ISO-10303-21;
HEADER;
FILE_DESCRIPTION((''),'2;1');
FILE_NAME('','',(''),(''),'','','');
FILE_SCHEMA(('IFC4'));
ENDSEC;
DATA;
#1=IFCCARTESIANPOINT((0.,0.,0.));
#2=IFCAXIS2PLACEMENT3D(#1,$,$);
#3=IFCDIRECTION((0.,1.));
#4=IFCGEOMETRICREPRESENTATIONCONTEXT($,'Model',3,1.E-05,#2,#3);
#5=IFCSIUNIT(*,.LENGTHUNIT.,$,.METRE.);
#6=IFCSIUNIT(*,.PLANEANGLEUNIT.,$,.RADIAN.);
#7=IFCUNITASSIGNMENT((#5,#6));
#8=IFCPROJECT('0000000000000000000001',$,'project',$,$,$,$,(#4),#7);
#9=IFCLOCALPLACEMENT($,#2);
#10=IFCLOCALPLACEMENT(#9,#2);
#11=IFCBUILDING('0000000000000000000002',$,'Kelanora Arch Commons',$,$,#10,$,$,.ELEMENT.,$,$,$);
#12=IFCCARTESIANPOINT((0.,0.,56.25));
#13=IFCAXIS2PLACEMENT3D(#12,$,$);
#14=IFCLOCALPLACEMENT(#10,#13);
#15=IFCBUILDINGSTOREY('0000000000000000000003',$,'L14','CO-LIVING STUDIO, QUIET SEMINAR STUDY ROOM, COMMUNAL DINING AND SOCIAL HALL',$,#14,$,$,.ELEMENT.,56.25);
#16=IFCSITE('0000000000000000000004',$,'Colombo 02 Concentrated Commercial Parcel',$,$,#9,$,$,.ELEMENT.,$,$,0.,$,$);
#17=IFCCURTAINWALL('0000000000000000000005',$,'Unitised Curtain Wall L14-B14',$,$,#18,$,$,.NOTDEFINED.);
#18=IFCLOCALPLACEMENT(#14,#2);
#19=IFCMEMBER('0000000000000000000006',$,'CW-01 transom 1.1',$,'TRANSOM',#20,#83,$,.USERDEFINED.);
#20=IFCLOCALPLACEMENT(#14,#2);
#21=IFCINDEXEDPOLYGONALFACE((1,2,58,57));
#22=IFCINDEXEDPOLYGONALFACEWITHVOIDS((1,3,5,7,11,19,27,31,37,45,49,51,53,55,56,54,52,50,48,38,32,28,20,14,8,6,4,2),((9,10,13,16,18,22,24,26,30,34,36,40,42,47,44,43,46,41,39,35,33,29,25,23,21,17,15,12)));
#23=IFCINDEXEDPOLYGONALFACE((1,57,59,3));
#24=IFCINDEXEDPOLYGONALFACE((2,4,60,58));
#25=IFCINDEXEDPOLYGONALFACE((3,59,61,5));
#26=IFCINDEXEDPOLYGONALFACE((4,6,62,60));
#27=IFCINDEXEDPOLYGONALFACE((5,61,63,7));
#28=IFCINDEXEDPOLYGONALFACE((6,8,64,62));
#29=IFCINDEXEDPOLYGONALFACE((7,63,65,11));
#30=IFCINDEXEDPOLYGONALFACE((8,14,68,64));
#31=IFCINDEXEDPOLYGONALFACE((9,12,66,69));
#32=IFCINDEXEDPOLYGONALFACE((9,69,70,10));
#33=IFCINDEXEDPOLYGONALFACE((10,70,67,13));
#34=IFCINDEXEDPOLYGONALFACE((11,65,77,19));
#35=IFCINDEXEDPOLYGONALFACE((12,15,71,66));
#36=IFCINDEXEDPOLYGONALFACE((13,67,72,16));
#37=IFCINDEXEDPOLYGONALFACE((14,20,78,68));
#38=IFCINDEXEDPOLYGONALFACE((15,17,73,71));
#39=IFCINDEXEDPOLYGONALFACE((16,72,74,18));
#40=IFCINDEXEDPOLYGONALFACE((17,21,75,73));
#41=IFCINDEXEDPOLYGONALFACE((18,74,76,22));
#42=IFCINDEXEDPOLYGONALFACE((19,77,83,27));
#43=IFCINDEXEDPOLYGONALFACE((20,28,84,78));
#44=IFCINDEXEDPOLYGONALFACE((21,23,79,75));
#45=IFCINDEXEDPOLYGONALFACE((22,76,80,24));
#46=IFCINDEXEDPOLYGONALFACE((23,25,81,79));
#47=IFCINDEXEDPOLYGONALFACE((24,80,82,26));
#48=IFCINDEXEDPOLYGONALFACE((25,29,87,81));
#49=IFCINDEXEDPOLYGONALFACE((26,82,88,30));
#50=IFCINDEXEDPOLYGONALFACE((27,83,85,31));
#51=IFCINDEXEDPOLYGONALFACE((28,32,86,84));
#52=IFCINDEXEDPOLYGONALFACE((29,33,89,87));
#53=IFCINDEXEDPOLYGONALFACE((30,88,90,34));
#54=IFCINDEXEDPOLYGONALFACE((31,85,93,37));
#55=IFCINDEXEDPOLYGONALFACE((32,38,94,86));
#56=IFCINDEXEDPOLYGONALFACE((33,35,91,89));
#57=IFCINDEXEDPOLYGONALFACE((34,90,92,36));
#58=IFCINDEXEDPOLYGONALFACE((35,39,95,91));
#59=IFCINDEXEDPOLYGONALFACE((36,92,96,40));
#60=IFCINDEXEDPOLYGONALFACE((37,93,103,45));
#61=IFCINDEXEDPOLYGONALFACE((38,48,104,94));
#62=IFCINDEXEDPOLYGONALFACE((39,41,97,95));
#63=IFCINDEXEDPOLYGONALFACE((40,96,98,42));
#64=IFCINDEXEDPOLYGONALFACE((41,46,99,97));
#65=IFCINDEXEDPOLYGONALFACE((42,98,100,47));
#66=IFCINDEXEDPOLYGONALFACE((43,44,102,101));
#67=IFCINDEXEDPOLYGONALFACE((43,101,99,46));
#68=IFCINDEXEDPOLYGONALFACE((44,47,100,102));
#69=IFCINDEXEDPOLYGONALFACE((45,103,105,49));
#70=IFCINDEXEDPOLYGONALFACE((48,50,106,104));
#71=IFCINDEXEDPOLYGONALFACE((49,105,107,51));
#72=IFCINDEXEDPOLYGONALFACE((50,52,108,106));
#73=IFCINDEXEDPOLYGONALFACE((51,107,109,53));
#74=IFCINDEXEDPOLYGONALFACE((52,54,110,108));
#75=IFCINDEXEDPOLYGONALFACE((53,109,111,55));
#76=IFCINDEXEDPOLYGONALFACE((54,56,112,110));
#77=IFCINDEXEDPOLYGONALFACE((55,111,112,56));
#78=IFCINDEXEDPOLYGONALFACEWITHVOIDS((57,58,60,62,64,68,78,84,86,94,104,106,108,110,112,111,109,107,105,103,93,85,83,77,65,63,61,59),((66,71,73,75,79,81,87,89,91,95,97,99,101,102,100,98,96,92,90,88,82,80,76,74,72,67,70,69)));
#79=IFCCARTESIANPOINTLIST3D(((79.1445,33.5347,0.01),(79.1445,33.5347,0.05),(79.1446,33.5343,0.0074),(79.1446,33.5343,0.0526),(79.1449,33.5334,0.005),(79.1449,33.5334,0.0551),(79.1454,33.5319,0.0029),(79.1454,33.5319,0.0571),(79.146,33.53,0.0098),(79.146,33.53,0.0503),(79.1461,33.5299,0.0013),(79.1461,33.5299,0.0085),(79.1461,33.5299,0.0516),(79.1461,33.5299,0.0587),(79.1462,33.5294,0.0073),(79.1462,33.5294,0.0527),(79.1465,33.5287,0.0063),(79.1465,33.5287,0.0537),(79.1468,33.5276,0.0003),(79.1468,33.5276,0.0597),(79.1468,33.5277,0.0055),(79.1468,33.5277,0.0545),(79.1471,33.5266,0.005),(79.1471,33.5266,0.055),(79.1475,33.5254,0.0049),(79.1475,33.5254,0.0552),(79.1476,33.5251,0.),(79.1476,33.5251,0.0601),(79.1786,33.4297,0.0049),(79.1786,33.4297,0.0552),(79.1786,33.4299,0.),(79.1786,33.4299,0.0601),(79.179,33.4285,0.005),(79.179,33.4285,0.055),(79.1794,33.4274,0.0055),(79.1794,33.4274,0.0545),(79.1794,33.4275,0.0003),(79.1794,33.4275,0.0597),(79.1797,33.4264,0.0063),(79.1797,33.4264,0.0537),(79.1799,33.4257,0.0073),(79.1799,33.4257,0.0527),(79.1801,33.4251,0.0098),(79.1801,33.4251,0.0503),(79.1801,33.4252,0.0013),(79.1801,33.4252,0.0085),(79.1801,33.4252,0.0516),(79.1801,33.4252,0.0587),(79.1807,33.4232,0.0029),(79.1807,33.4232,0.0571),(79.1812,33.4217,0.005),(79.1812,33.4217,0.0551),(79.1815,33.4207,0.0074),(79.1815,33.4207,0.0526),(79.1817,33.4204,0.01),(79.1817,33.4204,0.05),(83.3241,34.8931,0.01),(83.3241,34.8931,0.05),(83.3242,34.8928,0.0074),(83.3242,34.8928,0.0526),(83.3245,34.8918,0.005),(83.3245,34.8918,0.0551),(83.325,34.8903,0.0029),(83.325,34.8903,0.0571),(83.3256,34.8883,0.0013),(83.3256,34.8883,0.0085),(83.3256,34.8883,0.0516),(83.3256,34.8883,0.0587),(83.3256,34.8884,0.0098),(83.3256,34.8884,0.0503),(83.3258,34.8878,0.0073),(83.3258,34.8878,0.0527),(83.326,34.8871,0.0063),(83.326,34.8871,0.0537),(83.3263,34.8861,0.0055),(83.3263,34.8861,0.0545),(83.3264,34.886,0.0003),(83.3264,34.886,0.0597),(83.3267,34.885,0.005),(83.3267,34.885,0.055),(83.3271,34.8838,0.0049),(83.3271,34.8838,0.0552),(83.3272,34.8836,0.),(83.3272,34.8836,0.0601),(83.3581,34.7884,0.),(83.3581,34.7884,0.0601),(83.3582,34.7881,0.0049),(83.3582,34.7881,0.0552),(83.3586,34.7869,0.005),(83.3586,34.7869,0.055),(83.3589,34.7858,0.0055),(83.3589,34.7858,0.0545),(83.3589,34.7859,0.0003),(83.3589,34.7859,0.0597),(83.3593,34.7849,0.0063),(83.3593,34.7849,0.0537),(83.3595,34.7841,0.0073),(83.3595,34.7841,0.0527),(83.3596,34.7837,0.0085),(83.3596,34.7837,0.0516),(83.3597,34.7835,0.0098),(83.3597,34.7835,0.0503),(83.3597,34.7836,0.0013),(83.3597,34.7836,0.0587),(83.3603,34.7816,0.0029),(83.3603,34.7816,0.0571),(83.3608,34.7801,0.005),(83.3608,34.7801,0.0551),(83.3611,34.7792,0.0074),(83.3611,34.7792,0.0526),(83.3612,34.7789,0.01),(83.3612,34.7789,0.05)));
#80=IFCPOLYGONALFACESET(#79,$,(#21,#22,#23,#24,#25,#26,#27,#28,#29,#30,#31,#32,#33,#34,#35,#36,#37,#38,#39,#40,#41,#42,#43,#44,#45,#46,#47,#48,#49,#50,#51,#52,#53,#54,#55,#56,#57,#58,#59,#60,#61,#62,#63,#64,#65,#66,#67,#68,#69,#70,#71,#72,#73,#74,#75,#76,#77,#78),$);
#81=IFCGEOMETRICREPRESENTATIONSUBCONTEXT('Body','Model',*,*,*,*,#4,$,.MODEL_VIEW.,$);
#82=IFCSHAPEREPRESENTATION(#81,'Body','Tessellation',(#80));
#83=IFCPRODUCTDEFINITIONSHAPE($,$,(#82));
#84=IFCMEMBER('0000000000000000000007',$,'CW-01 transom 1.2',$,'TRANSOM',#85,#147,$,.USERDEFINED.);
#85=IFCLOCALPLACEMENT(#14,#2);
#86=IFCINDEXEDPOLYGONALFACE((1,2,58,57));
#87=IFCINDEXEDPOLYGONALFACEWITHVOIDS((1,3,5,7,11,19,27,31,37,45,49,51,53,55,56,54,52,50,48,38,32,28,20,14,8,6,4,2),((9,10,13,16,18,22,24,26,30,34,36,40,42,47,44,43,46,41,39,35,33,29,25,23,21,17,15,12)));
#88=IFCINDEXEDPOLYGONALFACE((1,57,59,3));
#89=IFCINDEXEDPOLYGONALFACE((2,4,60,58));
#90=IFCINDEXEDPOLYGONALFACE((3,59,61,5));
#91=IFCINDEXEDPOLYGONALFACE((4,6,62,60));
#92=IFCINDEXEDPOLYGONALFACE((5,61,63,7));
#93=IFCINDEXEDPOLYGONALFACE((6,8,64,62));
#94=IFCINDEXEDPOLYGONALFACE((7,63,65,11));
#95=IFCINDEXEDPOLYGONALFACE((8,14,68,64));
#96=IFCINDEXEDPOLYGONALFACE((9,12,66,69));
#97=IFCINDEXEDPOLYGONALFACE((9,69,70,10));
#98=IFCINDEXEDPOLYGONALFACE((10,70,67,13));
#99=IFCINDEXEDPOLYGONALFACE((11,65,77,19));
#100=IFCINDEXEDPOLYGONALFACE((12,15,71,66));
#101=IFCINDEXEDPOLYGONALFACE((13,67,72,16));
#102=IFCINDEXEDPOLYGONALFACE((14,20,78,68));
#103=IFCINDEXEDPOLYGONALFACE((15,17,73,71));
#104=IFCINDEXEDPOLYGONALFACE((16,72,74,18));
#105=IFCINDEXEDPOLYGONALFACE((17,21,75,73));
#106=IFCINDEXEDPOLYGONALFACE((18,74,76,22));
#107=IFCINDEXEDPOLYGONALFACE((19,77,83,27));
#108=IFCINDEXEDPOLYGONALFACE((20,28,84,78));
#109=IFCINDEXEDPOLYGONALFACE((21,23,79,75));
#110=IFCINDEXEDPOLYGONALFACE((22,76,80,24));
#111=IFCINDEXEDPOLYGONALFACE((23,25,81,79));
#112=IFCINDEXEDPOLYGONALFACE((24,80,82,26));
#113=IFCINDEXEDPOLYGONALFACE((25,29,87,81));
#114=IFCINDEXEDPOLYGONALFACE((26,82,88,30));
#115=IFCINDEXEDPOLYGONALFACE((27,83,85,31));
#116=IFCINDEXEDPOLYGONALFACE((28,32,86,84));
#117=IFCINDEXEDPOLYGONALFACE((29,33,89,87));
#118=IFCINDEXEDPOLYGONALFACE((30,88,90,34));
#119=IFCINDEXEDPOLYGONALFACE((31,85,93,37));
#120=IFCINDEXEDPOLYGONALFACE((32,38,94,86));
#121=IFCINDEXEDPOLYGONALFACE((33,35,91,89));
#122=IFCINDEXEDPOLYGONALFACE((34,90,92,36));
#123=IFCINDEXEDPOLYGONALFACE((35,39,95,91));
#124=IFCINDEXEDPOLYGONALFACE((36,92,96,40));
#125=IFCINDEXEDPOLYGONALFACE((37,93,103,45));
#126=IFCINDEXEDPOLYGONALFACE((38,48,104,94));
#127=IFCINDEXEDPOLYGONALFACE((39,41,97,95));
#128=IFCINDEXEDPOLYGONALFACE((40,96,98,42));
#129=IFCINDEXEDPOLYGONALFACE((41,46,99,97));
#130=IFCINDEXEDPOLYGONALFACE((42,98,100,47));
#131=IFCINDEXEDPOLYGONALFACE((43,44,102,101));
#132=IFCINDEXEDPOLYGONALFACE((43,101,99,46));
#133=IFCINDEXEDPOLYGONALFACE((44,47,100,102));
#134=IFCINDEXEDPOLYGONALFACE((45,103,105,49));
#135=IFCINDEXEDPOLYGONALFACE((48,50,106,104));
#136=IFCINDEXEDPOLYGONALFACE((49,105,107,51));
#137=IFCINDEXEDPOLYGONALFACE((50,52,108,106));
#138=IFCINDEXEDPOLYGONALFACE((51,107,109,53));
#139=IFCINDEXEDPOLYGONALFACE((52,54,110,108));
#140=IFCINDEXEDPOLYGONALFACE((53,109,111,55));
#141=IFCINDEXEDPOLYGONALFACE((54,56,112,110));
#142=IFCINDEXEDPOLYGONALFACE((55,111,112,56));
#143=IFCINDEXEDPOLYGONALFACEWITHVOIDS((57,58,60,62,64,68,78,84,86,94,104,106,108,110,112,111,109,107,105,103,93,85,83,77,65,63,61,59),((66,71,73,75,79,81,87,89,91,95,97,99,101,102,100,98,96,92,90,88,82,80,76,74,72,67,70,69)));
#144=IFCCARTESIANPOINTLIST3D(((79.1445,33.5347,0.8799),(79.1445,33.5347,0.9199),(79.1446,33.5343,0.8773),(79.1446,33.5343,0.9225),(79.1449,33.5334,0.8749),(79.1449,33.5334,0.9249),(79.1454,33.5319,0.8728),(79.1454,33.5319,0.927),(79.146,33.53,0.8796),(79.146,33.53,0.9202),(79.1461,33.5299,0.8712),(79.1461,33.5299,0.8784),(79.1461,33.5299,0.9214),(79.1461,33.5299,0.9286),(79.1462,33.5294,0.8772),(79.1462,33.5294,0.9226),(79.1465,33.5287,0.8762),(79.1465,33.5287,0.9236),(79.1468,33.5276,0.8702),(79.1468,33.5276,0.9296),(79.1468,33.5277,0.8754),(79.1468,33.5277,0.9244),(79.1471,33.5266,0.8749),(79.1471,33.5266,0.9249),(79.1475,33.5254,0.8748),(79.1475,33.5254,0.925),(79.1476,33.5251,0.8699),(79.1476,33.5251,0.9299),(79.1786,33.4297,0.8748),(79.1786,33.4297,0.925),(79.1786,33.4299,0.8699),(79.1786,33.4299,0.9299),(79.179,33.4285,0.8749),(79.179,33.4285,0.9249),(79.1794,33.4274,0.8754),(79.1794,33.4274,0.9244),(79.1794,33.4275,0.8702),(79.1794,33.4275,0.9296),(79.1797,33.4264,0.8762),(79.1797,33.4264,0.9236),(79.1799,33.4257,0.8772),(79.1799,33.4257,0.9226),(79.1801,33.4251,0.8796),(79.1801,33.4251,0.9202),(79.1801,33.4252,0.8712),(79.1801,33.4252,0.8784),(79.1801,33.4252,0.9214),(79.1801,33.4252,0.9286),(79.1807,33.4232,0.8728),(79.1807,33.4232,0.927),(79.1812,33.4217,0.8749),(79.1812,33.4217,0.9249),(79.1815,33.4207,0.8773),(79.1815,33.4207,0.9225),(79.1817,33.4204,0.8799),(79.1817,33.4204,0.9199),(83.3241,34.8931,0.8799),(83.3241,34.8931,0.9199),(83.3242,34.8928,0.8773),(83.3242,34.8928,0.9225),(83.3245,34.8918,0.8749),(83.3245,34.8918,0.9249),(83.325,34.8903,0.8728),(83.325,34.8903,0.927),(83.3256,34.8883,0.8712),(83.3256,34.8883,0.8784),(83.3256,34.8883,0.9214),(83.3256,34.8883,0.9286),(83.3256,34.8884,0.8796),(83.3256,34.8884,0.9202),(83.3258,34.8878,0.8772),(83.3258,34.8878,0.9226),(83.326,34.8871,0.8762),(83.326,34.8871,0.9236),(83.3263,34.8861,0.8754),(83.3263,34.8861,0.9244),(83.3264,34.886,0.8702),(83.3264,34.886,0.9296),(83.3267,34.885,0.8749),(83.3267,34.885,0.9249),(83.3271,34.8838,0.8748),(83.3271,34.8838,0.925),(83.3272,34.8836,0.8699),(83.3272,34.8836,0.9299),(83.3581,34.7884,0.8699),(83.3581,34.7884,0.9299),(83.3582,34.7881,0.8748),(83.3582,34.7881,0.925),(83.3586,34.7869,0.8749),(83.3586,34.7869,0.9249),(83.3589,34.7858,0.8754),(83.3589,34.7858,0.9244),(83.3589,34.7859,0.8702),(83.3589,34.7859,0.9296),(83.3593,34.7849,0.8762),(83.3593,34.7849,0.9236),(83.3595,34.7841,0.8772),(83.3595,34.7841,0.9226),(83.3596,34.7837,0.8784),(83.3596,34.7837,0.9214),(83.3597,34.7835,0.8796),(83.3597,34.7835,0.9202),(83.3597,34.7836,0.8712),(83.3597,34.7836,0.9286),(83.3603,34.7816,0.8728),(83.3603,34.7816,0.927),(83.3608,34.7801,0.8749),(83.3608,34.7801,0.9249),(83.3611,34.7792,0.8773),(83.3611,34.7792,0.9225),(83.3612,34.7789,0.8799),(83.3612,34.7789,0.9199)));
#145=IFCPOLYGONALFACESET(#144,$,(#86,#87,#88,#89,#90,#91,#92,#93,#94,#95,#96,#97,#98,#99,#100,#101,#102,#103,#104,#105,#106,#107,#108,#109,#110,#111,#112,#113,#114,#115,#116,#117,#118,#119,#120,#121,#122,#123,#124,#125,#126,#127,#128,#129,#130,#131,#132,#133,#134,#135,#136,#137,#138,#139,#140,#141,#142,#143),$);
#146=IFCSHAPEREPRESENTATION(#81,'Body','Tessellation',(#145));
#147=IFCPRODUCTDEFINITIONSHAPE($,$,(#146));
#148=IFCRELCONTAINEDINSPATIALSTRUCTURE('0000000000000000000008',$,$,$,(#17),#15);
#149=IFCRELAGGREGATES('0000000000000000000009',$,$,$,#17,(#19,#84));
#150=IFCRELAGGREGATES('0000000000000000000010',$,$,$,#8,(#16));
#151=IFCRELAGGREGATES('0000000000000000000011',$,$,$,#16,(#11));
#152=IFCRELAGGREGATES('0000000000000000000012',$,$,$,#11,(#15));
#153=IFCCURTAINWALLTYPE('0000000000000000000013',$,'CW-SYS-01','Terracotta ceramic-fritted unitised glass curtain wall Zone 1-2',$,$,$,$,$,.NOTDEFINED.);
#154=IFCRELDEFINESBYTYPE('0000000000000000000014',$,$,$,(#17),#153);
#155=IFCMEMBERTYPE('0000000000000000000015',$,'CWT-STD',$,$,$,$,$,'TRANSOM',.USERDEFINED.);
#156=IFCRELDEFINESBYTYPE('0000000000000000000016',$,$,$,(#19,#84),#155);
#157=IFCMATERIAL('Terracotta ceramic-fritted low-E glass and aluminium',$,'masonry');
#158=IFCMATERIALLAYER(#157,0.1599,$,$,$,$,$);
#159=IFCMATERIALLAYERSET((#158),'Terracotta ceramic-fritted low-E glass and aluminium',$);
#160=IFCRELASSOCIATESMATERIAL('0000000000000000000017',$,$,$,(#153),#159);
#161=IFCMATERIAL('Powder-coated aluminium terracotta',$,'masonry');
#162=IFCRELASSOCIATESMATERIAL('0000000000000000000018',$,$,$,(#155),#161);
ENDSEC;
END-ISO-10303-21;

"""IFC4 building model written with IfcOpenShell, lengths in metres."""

from ifc_helpers import new_model, si_unit, direction, frame, origin, origin_2d, place, context, subcontext, project, spatial, hollow_rectangle, extrude, material, layer, layer_set, material_profile, profile_set, type_object, element, aggregate, save


model = new_model("IFC4")

# Units and contexts
model_context = context("Model", 3, precision=1e-05, world=origin(), true_north=direction((0.0, 1.0)))
body_context = subcontext(model_context, "Body", "Model", "MODEL_VIEW")
ifc_project = project(units=[si_unit("LENGTHUNIT", "METRE"), si_unit("PLANEANGLEUNIT", "RADIAN")], contexts=[model_context])

# Site, building, storey
site_placement = place(None, origin())
site = spatial("IfcSite", under=ifc_project, at=site_placement, Name="Colombo 02 Concentrated Commercial Parcel", CompositionType="ELEMENT", RefElevation=0.0)
building_placement = place(site_placement, origin())
building = spatial("IfcBuilding", under=site, at=building_placement, Name="Kelanora Arch Commons", CompositionType="ELEMENT")
storey_placement = place(building_placement, frame((0.0, 0.0, 56.25)))
storey = spatial("IfcBuildingStorey", under=building, at=storey_placement, Name="L14", Description="CO-LIVING STUDIO, QUIET SEMINAR STUDY ROOM, COMMUNAL DINING AND SOCIAL HALL", CompositionType="ELEMENT", Elevation=56.25)

# Curtain wall, members
ifc_material_1 = material(Name="Terracotta ceramic-fritted low-E glass and aluminium", Category="masonry")
ifc_layer_1 = layer(ifc_material_1, 0.1599)
ifc_layer_set_1 = layer_set([ifc_layer_1], Name="Terracotta ceramic-fritted low-E glass and aluminium")
curtain_wall_type = type_object("IfcCurtainWallType", Name="CW-SYS-01", Description="Terracotta ceramic-fritted unitised glass curtain wall Zone 1-2", PredefinedType="NOTDEFINED", material=ifc_layer_set_1)
curtain_wall_placement = place(storey_placement, origin())
curtain_wall = element("IfcCurtainWall", 1, at=curtain_wall_placement, inside=storey, type_object=curtain_wall_type, Name="Unitised Curtain Wall L14-B14", PredefinedType="NOTDEFINED")
ifc_material_2 = material(Name="Powder-coated aluminium terracotta", Category="masonry")
ifc_material_profile_1 = material_profile(ifc_material_2, hollow_rectangle(XDim=0.1201, YDim=0.0601, WallThickness=0.0049, InnerFilletRadius=0.0049, OuterFilletRadius=0.01, at=origin_2d()), Name="CWT120x60")
ifc_profile_set_1 = profile_set([ifc_material_profile_1], Name="Powder-coated aluminium terracotta")
member_type_1 = type_object("IfcMemberType", Name="CWT-STD", ElementType="TRANSOM", PredefinedType="USERDEFINED", material=ifc_profile_set_1)
member_1_placement = place(storey_placement, frame((79.1631, 33.4775, 0.03), z_axis=(0.951029, 0.309102, 0.0), x_axis=(-0.309102, 0.951029, 0.0)))
member_1 = element("IfcMember", 2, at=member_1_placement, type_object=member_type_1, Name="CW-01 transom 1.1", ObjectType="TRANSOM", PredefinedType="USERDEFINED", context=body_context, shape_type="SweptSolid", body=[
    extrude(hollow_rectangle(XDim=0.1201, YDim=0.0601, WallThickness=0.0049, InnerFilletRadius=0.0049, OuterFilletRadius=0.01, at=origin_2d()), origin(), (0.0, 0.0, 1.0), 4.3948),
])
member_2_placement = place(storey_placement, frame((79.1631, 33.4775, 0.8999), z_axis=(0.951029, 0.309102, 0.0), x_axis=(-0.309102, 0.951029, 0.0)))
member_2 = element("IfcMember", 3, at=member_2_placement, type_object=member_type_1, Name="CW-01 transom 1.2", ObjectType="TRANSOM", PredefinedType="USERDEFINED", context=body_context, shape_type="SweptSolid", body=[
    extrude(hollow_rectangle(XDim=0.1201, YDim=0.0601, WallThickness=0.0049, InnerFilletRadius=0.0049, OuterFilletRadius=0.01, at=origin_2d()), origin(), (0.0, 0.0, 1.0), 4.3948),
])
aggregate(curtain_wall, [member_1, member_2])

save(model, "model.ifc")
